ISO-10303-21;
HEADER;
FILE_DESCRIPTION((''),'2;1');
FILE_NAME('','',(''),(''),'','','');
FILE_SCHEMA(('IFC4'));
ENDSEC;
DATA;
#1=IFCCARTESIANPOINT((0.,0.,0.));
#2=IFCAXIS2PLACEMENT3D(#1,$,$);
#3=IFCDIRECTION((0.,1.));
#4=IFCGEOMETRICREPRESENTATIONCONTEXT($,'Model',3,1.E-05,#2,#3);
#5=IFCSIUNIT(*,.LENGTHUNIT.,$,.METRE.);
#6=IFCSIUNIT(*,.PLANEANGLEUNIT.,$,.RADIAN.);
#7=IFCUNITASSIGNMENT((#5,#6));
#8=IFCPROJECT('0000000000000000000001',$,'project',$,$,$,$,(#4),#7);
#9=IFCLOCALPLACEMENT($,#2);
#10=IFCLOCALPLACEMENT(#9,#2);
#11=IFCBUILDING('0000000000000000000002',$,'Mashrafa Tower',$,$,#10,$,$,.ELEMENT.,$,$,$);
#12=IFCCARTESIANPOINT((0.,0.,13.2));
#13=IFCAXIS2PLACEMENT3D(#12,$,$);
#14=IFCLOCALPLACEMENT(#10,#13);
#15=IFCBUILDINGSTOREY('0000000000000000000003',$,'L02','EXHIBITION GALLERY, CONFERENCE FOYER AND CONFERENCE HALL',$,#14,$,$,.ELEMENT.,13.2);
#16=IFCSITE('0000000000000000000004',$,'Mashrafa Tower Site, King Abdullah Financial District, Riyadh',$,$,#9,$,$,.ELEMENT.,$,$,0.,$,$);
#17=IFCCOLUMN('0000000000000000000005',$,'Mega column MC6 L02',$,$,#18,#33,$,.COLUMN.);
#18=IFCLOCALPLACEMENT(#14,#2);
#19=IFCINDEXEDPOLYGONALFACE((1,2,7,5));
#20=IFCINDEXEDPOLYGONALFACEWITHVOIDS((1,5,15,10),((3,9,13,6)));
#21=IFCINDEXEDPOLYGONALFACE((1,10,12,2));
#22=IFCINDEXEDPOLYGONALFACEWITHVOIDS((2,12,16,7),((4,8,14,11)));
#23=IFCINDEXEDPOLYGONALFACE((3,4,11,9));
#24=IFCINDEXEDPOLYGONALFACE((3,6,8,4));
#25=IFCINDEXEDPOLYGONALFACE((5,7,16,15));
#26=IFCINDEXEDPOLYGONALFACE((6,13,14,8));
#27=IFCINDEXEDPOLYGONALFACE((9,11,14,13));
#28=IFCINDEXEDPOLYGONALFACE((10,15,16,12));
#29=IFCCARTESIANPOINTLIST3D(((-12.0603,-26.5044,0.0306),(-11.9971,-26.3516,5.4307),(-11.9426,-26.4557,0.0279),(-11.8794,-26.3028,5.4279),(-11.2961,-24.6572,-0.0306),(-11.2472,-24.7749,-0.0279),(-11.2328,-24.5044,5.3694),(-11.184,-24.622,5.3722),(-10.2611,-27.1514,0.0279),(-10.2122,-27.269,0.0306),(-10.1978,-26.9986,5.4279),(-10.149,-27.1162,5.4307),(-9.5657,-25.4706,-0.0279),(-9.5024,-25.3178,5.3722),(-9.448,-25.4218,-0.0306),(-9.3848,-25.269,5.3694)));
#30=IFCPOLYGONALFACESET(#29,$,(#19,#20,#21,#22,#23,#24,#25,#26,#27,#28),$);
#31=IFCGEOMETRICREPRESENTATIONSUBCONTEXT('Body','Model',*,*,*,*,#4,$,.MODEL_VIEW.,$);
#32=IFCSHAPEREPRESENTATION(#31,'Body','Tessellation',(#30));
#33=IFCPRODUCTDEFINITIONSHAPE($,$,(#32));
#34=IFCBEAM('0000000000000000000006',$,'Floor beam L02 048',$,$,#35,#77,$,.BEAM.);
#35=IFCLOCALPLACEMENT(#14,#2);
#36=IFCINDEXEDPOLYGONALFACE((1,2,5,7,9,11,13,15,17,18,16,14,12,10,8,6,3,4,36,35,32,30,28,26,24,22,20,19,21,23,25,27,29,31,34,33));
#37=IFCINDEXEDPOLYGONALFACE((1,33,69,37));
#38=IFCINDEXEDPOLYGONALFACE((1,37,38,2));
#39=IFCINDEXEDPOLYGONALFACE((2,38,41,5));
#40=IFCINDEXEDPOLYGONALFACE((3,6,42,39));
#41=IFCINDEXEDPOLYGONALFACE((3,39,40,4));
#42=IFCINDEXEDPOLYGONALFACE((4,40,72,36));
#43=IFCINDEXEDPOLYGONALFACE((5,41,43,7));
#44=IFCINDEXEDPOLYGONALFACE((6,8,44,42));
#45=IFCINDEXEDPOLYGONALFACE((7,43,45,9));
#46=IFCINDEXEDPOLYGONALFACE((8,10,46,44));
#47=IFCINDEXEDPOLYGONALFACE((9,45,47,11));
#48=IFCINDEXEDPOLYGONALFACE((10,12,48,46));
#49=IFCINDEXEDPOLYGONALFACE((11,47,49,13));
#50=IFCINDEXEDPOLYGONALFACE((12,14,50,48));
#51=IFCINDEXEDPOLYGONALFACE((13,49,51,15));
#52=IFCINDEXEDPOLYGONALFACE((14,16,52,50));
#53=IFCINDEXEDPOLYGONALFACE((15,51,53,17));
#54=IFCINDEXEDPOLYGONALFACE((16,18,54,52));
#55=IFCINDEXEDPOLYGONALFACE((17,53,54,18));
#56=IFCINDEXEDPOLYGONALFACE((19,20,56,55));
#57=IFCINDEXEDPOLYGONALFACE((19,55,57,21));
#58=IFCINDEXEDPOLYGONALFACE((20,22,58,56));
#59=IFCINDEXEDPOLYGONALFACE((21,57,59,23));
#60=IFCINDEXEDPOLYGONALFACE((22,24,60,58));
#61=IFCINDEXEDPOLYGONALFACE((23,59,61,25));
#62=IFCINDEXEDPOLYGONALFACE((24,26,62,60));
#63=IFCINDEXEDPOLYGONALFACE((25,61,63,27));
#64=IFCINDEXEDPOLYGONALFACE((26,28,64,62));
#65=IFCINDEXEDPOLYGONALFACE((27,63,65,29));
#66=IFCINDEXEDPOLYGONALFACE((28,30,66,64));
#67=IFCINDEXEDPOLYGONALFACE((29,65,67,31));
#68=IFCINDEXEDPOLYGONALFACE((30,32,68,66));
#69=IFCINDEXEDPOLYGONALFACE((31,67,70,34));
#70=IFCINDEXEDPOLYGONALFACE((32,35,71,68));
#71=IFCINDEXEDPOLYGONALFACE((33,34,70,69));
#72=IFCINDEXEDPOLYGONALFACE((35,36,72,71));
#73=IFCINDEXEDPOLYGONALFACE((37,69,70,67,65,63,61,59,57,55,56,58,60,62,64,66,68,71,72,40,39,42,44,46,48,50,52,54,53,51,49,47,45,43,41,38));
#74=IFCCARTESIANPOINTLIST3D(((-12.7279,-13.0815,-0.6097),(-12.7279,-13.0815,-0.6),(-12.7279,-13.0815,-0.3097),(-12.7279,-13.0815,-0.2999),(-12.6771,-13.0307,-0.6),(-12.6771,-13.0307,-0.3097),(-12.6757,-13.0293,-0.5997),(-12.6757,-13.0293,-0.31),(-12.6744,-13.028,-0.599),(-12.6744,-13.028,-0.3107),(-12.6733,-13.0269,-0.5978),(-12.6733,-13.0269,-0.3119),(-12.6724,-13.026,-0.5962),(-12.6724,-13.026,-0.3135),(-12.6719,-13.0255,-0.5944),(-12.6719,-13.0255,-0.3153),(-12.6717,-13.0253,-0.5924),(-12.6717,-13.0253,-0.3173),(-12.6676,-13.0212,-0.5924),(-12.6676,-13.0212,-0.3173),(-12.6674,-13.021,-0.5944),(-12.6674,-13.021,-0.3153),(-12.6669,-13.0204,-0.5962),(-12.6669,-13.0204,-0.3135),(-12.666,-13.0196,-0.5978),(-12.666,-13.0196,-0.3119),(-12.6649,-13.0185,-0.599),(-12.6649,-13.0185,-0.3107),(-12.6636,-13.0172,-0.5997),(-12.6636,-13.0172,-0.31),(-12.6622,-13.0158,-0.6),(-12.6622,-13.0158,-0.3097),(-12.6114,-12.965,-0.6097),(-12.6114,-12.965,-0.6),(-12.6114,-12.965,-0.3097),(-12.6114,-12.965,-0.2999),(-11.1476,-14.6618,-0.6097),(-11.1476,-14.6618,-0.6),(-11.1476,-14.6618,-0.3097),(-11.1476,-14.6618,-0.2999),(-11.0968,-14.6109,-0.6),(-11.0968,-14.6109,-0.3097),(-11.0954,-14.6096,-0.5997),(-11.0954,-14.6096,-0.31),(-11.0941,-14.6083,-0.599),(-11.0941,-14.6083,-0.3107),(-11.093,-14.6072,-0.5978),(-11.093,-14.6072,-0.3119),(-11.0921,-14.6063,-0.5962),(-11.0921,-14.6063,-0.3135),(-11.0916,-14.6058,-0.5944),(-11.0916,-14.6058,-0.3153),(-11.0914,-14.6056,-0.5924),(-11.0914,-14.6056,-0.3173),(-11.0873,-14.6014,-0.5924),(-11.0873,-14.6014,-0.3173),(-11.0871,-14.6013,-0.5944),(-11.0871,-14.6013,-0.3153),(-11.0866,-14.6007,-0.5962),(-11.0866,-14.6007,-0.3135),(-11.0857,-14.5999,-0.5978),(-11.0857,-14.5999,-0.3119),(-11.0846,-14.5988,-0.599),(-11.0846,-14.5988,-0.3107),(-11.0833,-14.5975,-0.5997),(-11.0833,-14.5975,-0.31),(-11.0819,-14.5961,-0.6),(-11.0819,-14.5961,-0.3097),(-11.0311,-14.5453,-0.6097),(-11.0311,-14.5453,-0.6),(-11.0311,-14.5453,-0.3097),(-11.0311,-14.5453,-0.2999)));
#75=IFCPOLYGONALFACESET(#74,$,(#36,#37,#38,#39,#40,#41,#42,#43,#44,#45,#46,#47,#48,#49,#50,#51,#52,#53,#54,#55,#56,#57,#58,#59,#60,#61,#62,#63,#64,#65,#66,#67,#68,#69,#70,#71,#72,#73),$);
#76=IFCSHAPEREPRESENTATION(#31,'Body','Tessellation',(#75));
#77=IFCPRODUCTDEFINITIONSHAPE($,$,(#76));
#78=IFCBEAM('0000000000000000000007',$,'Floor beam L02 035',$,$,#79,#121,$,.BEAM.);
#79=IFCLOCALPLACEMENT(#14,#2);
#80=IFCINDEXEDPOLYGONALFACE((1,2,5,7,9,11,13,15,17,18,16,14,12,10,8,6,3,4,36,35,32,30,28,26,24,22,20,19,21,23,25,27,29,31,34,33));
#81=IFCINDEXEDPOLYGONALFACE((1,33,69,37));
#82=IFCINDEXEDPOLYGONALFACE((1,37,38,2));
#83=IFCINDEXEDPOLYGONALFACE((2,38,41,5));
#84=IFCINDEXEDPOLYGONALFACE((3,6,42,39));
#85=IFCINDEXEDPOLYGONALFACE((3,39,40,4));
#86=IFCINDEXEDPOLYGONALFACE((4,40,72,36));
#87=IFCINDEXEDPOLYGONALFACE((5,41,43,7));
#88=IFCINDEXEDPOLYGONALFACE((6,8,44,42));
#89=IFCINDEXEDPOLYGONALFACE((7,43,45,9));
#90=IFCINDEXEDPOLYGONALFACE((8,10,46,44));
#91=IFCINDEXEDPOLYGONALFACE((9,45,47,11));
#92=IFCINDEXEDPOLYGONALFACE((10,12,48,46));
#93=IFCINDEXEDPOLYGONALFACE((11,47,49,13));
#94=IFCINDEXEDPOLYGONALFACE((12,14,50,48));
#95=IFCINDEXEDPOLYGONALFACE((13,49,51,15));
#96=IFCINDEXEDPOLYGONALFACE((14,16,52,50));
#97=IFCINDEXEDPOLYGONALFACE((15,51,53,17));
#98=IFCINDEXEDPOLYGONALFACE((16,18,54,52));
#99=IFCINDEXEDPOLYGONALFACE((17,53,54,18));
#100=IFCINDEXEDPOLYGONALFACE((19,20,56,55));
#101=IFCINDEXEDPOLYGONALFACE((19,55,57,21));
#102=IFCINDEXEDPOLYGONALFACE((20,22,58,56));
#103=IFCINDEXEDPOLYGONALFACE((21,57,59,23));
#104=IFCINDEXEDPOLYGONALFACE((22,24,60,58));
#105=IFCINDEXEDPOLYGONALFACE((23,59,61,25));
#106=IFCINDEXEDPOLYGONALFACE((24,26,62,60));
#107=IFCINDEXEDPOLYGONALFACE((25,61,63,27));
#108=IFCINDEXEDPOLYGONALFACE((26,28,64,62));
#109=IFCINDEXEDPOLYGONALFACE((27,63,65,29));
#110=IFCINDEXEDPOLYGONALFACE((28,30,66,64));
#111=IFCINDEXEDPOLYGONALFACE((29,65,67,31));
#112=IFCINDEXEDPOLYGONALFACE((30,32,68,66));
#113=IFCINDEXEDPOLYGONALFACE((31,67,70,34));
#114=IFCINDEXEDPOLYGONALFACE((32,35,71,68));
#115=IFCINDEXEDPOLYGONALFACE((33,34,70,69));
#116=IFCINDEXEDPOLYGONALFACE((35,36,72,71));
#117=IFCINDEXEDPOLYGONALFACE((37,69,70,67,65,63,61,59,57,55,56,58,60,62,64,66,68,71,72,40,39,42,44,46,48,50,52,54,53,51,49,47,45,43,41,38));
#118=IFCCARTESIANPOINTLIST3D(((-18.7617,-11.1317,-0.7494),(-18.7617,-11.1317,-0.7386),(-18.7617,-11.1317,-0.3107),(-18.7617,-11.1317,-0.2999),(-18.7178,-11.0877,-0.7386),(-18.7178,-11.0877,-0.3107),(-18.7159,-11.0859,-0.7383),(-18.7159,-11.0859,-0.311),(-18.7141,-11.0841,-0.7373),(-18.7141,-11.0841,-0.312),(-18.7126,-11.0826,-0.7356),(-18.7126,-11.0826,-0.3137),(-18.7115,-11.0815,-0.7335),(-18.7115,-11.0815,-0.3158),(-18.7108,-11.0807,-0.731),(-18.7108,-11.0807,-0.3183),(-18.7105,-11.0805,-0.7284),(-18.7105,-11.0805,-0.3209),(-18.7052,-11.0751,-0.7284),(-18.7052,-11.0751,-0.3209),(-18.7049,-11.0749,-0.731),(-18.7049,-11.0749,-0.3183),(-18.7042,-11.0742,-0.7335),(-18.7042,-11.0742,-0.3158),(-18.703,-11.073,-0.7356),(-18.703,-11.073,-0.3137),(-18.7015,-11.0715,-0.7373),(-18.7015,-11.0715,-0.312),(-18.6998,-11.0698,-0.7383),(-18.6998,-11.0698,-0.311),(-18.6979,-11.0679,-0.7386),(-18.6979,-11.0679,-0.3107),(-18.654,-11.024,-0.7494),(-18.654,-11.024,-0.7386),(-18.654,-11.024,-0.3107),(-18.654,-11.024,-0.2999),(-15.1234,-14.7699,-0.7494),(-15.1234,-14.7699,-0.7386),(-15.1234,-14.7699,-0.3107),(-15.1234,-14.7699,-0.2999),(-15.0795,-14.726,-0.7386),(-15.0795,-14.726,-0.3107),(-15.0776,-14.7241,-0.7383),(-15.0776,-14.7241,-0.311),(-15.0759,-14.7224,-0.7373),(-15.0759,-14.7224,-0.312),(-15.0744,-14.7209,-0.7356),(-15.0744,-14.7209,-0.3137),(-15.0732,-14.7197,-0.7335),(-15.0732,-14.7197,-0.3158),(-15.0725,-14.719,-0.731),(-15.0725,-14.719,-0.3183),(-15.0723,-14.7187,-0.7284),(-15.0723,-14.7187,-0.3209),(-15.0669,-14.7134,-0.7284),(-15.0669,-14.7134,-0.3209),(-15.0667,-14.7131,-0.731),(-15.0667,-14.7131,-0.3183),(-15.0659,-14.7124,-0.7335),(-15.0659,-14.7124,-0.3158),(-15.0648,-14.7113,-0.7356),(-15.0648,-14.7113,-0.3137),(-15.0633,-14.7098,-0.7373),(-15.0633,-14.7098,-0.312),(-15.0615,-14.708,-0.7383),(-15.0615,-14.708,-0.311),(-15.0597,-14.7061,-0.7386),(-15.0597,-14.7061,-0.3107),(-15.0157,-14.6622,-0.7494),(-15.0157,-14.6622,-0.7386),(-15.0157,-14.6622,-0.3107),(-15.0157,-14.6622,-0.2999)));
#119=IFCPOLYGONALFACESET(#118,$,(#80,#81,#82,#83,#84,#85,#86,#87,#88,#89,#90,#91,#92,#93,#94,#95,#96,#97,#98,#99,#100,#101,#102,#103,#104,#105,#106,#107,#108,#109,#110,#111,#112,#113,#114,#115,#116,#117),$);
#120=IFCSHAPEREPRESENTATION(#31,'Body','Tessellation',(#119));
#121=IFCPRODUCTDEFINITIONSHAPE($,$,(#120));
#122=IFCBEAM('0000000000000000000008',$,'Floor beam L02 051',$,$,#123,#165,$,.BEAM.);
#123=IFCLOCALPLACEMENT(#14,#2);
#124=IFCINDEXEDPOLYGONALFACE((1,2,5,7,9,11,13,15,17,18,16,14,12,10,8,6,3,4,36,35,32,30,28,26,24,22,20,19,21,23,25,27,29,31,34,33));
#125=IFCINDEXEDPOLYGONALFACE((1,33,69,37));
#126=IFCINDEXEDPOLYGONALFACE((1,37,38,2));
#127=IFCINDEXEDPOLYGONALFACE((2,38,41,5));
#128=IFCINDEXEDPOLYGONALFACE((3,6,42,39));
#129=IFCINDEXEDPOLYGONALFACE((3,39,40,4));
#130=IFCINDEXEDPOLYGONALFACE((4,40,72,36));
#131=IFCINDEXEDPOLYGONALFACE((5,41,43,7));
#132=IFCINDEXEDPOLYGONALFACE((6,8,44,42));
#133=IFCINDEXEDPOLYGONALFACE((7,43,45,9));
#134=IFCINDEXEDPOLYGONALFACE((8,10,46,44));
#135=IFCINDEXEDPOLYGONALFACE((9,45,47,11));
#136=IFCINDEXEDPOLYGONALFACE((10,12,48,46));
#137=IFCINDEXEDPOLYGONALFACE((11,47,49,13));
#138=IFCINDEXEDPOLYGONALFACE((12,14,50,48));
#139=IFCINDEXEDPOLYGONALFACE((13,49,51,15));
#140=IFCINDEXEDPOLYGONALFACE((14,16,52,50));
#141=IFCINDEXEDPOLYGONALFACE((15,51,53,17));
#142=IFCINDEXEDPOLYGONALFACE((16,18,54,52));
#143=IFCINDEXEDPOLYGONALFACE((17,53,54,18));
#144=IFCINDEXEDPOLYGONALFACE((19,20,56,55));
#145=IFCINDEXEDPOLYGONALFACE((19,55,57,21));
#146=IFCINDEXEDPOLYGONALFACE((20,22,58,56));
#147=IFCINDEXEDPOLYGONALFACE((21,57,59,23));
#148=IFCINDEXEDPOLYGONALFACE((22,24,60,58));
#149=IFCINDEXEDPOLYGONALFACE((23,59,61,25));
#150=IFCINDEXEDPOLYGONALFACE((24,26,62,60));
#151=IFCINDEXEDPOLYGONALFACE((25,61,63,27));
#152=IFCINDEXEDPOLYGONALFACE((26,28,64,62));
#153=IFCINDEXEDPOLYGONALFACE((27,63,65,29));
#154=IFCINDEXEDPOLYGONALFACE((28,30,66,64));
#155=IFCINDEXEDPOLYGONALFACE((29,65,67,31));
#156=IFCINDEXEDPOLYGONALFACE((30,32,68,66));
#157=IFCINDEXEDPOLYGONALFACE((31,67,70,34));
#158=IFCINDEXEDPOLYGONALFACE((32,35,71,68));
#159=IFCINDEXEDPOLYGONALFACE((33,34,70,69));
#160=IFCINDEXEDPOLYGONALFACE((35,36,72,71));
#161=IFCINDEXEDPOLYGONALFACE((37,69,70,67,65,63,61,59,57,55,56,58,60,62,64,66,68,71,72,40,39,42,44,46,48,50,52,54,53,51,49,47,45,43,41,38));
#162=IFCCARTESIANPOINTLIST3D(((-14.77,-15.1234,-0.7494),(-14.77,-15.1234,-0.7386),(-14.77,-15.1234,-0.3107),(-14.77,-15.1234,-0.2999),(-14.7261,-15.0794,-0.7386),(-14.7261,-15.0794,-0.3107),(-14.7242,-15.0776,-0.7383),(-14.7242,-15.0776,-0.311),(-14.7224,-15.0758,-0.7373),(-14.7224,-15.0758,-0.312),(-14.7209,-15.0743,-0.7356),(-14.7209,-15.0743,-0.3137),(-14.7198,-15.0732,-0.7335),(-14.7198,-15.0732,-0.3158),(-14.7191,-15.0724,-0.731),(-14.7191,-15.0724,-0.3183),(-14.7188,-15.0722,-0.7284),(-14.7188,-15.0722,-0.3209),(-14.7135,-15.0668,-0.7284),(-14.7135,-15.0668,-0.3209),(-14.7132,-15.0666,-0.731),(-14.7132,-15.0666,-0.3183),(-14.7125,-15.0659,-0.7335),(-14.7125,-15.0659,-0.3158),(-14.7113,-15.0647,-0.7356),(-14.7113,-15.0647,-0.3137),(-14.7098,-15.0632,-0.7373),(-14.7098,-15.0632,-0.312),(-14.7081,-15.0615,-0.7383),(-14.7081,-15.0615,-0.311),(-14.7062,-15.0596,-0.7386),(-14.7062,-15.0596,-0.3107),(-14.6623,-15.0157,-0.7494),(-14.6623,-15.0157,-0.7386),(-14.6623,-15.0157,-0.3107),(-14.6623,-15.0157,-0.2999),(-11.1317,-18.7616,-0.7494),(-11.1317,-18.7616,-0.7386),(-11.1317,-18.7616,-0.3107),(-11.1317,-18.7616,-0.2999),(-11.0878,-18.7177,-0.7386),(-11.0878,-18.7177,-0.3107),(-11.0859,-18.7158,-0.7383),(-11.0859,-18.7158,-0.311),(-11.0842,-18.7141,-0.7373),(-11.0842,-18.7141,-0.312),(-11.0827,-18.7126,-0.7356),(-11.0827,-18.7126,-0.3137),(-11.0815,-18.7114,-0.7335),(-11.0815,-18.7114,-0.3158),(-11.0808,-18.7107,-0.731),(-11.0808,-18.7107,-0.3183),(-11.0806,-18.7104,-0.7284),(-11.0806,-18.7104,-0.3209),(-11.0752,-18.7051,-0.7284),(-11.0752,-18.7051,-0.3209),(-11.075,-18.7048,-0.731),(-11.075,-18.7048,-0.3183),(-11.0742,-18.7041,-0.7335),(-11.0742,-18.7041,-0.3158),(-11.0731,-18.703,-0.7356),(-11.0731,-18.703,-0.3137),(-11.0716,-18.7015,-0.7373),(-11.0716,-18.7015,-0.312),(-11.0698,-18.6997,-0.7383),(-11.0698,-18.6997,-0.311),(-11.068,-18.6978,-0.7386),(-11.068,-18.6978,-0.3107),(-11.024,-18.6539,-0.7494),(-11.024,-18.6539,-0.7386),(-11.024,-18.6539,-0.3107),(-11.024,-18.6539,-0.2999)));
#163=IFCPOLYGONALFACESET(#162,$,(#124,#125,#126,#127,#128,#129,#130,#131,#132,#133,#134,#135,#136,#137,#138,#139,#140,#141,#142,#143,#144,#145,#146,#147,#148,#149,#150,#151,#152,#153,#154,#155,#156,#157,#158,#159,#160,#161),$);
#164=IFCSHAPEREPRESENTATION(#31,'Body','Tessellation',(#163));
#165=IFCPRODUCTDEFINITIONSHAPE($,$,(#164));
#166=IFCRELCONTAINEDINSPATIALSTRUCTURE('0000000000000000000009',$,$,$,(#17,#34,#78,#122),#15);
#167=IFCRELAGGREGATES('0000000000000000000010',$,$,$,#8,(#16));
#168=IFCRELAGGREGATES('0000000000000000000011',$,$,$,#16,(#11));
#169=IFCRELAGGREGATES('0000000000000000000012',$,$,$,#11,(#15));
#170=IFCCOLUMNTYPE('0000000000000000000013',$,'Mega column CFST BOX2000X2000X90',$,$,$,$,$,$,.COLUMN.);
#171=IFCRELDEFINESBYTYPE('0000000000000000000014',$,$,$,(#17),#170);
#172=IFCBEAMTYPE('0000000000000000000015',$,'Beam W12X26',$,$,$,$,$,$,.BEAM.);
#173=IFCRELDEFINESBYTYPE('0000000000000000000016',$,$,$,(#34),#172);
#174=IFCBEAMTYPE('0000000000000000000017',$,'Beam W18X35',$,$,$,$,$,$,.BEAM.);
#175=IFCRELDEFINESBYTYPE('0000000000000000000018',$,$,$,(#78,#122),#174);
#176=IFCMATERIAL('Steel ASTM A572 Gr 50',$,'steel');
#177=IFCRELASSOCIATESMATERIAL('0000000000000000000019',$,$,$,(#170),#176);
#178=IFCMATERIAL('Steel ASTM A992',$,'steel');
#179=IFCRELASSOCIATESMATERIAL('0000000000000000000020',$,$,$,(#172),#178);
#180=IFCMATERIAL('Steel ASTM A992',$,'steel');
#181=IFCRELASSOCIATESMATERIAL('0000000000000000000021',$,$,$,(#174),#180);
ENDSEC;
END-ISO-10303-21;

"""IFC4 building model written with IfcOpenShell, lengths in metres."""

from ifc_helpers import new_model, si_unit, direction, frame, origin, origin_2d, place, context, subcontext, project, spatial, hollow_rectangle, i_section, extrude, material, material_profile, profile_set, type_object, element, save


model = new_model("IFC4")

# Units and contexts
model_context = context("Model", 3, precision=1e-05, world=origin(), true_north=direction((0.0, 1.0)))
body_context = subcontext(model_context, "Body", "Model", "MODEL_VIEW")
ifc_project = project(units=[si_unit("LENGTHUNIT", "METRE"), si_unit("PLANEANGLEUNIT", "RADIAN")], contexts=[model_context])

# Site, building, storey
site_placement = place(None, origin())
site = spatial("IfcSite", under=ifc_project, at=site_placement, Name="Mashrafa Tower Site, King Abdullah Financial District, Riyadh", CompositionType="ELEMENT", RefElevation=0.0)
building_placement = place(site_placement, origin())
building = spatial("IfcBuilding", under=site, at=building_placement, Name="Mashrafa Tower", CompositionType="ELEMENT")
storey_placement = place(building_placement, frame((0.0, 0.0, 13.2)))
storey = spatial("IfcBuildingStorey", under=building, at=storey_placement, Name="L02", Description="EXHIBITION GALLERY, CONFERENCE FOYER AND CONFERENCE HALL", CompositionType="ELEMENT", Elevation=13.2)

# Column
ifc_material_1 = material(Name="Steel ASTM A572 Gr 50", Category="steel")
ifc_material_profile_1 = material_profile(ifc_material_1, hollow_rectangle(XDim=2.0, YDim=2.0, WallThickness=0.0901, at=origin_2d()), Name="BOX2000X2000X90")
ifc_profile_set_1 = profile_set([ifc_material_profile_1], Name="Steel ASTM A572 Gr 50")
column_type = type_object("IfcColumnType", Name="Mega column CFST BOX2000X2000X90", PredefinedType="COLUMN", material=ifc_profile_set_1)
column_placement = place(storey_placement, frame((-10.7542, -25.9631, 0.0), z_axis=(0.011704, 0.028288, 0.999531), x_axis=(-0.924035, 0.382308, 0.0)))
element("IfcColumn", 1, at=column_placement, inside=storey, type_object=column_type, Name="Mega column MC6 L02", PredefinedType="COLUMN", context=body_context, shape_type="SweptSolid", body=[
    extrude(hollow_rectangle(XDim=2.0, YDim=2.0, WallThickness=0.0901, at=origin_2d()), origin(), (0.0, 0.0, 1.0), 5.4026),
])

# Beams
ifc_material_2 = material(Name="Steel ASTM A992", Category="steel")
ifc_material_profile_2 = material_profile(ifc_material_2, i_section(OverallWidth=0.1648, OverallDepth=0.3098, WebThickness=0.0059, FlangeThickness=0.0098, FilletRadius=0.0076, at=origin_2d()), Name="W12X26")
ifc_profile_set_2 = profile_set([ifc_material_profile_2], Name="Steel ASTM A992")
beam_type_1 = type_object("IfcBeamType", Name="Beam W12X26", PredefinedType="BEAM", material=ifc_profile_set_2)
beam_1_placement = place(storey_placement, frame((-11.0894, -14.6035, -0.4548), z_axis=(-0.707107, 0.707107, 0.0), x_axis=(-0.707107, -0.707107, 0.0)))
element("IfcBeam", 2, at=beam_1_placement, inside=storey, type_object=beam_type_1, Name="Floor beam L02 048", PredefinedType="BEAM", context=body_context, shape_type="SweptSolid", body=[
    extrude(i_section(OverallWidth=0.1648, OverallDepth=0.3098, WebThickness=0.0059, FlangeThickness=0.0098, FilletRadius=0.0076, at=origin_2d()), origin(), (0.0, 0.0, 1.0), 2.2349),
])
ifc_material_3 = material(Name="Steel ASTM A992", Category="steel")
ifc_material_profile_3 = material_profile(ifc_material_3, i_section(OverallWidth=0.1523, OverallDepth=0.4495, WebThickness=0.0076, FlangeThickness=0.0107, FilletRadius=0.0103, at=origin_2d()), Name="W18X35")
ifc_profile_set_3 = profile_set([ifc_material_profile_3], Name="Steel ASTM A992")
beam_type_2 = type_object("IfcBeamType", Name="Beam W18X35", PredefinedType="BEAM", material=ifc_profile_set_3)
for number, where, z_axis, x_axis, name in (
    (3, (-15.0696, -14.7161, -0.5247), (-0.707107, 0.707107, 0.0), (-0.707107, -0.707107, 0.0), "Floor beam L02 035"),
    (4, (-11.0779, -18.7078, -0.5247), (-0.707107, 0.707107, 0.0), (-0.707107, -0.707107, 0.0), "Floor beam L02 051"),
):
    element("IfcBeam", number, at=place(storey_placement, frame(where, z_axis=z_axis, x_axis=x_axis)), inside=storey, type_object=beam_type_2, Name=name, PredefinedType="BEAM", context=body_context, shape_type="SweptSolid", body=[
        extrude(i_section(OverallWidth=0.1523, OverallDepth=0.4495, WebThickness=0.0076, FlangeThickness=0.0107, FilletRadius=0.0103, at=origin_2d()), origin(), (0.0, 0.0, 1.0), 5.1453),
    ])

save(model, "model.ifc")
